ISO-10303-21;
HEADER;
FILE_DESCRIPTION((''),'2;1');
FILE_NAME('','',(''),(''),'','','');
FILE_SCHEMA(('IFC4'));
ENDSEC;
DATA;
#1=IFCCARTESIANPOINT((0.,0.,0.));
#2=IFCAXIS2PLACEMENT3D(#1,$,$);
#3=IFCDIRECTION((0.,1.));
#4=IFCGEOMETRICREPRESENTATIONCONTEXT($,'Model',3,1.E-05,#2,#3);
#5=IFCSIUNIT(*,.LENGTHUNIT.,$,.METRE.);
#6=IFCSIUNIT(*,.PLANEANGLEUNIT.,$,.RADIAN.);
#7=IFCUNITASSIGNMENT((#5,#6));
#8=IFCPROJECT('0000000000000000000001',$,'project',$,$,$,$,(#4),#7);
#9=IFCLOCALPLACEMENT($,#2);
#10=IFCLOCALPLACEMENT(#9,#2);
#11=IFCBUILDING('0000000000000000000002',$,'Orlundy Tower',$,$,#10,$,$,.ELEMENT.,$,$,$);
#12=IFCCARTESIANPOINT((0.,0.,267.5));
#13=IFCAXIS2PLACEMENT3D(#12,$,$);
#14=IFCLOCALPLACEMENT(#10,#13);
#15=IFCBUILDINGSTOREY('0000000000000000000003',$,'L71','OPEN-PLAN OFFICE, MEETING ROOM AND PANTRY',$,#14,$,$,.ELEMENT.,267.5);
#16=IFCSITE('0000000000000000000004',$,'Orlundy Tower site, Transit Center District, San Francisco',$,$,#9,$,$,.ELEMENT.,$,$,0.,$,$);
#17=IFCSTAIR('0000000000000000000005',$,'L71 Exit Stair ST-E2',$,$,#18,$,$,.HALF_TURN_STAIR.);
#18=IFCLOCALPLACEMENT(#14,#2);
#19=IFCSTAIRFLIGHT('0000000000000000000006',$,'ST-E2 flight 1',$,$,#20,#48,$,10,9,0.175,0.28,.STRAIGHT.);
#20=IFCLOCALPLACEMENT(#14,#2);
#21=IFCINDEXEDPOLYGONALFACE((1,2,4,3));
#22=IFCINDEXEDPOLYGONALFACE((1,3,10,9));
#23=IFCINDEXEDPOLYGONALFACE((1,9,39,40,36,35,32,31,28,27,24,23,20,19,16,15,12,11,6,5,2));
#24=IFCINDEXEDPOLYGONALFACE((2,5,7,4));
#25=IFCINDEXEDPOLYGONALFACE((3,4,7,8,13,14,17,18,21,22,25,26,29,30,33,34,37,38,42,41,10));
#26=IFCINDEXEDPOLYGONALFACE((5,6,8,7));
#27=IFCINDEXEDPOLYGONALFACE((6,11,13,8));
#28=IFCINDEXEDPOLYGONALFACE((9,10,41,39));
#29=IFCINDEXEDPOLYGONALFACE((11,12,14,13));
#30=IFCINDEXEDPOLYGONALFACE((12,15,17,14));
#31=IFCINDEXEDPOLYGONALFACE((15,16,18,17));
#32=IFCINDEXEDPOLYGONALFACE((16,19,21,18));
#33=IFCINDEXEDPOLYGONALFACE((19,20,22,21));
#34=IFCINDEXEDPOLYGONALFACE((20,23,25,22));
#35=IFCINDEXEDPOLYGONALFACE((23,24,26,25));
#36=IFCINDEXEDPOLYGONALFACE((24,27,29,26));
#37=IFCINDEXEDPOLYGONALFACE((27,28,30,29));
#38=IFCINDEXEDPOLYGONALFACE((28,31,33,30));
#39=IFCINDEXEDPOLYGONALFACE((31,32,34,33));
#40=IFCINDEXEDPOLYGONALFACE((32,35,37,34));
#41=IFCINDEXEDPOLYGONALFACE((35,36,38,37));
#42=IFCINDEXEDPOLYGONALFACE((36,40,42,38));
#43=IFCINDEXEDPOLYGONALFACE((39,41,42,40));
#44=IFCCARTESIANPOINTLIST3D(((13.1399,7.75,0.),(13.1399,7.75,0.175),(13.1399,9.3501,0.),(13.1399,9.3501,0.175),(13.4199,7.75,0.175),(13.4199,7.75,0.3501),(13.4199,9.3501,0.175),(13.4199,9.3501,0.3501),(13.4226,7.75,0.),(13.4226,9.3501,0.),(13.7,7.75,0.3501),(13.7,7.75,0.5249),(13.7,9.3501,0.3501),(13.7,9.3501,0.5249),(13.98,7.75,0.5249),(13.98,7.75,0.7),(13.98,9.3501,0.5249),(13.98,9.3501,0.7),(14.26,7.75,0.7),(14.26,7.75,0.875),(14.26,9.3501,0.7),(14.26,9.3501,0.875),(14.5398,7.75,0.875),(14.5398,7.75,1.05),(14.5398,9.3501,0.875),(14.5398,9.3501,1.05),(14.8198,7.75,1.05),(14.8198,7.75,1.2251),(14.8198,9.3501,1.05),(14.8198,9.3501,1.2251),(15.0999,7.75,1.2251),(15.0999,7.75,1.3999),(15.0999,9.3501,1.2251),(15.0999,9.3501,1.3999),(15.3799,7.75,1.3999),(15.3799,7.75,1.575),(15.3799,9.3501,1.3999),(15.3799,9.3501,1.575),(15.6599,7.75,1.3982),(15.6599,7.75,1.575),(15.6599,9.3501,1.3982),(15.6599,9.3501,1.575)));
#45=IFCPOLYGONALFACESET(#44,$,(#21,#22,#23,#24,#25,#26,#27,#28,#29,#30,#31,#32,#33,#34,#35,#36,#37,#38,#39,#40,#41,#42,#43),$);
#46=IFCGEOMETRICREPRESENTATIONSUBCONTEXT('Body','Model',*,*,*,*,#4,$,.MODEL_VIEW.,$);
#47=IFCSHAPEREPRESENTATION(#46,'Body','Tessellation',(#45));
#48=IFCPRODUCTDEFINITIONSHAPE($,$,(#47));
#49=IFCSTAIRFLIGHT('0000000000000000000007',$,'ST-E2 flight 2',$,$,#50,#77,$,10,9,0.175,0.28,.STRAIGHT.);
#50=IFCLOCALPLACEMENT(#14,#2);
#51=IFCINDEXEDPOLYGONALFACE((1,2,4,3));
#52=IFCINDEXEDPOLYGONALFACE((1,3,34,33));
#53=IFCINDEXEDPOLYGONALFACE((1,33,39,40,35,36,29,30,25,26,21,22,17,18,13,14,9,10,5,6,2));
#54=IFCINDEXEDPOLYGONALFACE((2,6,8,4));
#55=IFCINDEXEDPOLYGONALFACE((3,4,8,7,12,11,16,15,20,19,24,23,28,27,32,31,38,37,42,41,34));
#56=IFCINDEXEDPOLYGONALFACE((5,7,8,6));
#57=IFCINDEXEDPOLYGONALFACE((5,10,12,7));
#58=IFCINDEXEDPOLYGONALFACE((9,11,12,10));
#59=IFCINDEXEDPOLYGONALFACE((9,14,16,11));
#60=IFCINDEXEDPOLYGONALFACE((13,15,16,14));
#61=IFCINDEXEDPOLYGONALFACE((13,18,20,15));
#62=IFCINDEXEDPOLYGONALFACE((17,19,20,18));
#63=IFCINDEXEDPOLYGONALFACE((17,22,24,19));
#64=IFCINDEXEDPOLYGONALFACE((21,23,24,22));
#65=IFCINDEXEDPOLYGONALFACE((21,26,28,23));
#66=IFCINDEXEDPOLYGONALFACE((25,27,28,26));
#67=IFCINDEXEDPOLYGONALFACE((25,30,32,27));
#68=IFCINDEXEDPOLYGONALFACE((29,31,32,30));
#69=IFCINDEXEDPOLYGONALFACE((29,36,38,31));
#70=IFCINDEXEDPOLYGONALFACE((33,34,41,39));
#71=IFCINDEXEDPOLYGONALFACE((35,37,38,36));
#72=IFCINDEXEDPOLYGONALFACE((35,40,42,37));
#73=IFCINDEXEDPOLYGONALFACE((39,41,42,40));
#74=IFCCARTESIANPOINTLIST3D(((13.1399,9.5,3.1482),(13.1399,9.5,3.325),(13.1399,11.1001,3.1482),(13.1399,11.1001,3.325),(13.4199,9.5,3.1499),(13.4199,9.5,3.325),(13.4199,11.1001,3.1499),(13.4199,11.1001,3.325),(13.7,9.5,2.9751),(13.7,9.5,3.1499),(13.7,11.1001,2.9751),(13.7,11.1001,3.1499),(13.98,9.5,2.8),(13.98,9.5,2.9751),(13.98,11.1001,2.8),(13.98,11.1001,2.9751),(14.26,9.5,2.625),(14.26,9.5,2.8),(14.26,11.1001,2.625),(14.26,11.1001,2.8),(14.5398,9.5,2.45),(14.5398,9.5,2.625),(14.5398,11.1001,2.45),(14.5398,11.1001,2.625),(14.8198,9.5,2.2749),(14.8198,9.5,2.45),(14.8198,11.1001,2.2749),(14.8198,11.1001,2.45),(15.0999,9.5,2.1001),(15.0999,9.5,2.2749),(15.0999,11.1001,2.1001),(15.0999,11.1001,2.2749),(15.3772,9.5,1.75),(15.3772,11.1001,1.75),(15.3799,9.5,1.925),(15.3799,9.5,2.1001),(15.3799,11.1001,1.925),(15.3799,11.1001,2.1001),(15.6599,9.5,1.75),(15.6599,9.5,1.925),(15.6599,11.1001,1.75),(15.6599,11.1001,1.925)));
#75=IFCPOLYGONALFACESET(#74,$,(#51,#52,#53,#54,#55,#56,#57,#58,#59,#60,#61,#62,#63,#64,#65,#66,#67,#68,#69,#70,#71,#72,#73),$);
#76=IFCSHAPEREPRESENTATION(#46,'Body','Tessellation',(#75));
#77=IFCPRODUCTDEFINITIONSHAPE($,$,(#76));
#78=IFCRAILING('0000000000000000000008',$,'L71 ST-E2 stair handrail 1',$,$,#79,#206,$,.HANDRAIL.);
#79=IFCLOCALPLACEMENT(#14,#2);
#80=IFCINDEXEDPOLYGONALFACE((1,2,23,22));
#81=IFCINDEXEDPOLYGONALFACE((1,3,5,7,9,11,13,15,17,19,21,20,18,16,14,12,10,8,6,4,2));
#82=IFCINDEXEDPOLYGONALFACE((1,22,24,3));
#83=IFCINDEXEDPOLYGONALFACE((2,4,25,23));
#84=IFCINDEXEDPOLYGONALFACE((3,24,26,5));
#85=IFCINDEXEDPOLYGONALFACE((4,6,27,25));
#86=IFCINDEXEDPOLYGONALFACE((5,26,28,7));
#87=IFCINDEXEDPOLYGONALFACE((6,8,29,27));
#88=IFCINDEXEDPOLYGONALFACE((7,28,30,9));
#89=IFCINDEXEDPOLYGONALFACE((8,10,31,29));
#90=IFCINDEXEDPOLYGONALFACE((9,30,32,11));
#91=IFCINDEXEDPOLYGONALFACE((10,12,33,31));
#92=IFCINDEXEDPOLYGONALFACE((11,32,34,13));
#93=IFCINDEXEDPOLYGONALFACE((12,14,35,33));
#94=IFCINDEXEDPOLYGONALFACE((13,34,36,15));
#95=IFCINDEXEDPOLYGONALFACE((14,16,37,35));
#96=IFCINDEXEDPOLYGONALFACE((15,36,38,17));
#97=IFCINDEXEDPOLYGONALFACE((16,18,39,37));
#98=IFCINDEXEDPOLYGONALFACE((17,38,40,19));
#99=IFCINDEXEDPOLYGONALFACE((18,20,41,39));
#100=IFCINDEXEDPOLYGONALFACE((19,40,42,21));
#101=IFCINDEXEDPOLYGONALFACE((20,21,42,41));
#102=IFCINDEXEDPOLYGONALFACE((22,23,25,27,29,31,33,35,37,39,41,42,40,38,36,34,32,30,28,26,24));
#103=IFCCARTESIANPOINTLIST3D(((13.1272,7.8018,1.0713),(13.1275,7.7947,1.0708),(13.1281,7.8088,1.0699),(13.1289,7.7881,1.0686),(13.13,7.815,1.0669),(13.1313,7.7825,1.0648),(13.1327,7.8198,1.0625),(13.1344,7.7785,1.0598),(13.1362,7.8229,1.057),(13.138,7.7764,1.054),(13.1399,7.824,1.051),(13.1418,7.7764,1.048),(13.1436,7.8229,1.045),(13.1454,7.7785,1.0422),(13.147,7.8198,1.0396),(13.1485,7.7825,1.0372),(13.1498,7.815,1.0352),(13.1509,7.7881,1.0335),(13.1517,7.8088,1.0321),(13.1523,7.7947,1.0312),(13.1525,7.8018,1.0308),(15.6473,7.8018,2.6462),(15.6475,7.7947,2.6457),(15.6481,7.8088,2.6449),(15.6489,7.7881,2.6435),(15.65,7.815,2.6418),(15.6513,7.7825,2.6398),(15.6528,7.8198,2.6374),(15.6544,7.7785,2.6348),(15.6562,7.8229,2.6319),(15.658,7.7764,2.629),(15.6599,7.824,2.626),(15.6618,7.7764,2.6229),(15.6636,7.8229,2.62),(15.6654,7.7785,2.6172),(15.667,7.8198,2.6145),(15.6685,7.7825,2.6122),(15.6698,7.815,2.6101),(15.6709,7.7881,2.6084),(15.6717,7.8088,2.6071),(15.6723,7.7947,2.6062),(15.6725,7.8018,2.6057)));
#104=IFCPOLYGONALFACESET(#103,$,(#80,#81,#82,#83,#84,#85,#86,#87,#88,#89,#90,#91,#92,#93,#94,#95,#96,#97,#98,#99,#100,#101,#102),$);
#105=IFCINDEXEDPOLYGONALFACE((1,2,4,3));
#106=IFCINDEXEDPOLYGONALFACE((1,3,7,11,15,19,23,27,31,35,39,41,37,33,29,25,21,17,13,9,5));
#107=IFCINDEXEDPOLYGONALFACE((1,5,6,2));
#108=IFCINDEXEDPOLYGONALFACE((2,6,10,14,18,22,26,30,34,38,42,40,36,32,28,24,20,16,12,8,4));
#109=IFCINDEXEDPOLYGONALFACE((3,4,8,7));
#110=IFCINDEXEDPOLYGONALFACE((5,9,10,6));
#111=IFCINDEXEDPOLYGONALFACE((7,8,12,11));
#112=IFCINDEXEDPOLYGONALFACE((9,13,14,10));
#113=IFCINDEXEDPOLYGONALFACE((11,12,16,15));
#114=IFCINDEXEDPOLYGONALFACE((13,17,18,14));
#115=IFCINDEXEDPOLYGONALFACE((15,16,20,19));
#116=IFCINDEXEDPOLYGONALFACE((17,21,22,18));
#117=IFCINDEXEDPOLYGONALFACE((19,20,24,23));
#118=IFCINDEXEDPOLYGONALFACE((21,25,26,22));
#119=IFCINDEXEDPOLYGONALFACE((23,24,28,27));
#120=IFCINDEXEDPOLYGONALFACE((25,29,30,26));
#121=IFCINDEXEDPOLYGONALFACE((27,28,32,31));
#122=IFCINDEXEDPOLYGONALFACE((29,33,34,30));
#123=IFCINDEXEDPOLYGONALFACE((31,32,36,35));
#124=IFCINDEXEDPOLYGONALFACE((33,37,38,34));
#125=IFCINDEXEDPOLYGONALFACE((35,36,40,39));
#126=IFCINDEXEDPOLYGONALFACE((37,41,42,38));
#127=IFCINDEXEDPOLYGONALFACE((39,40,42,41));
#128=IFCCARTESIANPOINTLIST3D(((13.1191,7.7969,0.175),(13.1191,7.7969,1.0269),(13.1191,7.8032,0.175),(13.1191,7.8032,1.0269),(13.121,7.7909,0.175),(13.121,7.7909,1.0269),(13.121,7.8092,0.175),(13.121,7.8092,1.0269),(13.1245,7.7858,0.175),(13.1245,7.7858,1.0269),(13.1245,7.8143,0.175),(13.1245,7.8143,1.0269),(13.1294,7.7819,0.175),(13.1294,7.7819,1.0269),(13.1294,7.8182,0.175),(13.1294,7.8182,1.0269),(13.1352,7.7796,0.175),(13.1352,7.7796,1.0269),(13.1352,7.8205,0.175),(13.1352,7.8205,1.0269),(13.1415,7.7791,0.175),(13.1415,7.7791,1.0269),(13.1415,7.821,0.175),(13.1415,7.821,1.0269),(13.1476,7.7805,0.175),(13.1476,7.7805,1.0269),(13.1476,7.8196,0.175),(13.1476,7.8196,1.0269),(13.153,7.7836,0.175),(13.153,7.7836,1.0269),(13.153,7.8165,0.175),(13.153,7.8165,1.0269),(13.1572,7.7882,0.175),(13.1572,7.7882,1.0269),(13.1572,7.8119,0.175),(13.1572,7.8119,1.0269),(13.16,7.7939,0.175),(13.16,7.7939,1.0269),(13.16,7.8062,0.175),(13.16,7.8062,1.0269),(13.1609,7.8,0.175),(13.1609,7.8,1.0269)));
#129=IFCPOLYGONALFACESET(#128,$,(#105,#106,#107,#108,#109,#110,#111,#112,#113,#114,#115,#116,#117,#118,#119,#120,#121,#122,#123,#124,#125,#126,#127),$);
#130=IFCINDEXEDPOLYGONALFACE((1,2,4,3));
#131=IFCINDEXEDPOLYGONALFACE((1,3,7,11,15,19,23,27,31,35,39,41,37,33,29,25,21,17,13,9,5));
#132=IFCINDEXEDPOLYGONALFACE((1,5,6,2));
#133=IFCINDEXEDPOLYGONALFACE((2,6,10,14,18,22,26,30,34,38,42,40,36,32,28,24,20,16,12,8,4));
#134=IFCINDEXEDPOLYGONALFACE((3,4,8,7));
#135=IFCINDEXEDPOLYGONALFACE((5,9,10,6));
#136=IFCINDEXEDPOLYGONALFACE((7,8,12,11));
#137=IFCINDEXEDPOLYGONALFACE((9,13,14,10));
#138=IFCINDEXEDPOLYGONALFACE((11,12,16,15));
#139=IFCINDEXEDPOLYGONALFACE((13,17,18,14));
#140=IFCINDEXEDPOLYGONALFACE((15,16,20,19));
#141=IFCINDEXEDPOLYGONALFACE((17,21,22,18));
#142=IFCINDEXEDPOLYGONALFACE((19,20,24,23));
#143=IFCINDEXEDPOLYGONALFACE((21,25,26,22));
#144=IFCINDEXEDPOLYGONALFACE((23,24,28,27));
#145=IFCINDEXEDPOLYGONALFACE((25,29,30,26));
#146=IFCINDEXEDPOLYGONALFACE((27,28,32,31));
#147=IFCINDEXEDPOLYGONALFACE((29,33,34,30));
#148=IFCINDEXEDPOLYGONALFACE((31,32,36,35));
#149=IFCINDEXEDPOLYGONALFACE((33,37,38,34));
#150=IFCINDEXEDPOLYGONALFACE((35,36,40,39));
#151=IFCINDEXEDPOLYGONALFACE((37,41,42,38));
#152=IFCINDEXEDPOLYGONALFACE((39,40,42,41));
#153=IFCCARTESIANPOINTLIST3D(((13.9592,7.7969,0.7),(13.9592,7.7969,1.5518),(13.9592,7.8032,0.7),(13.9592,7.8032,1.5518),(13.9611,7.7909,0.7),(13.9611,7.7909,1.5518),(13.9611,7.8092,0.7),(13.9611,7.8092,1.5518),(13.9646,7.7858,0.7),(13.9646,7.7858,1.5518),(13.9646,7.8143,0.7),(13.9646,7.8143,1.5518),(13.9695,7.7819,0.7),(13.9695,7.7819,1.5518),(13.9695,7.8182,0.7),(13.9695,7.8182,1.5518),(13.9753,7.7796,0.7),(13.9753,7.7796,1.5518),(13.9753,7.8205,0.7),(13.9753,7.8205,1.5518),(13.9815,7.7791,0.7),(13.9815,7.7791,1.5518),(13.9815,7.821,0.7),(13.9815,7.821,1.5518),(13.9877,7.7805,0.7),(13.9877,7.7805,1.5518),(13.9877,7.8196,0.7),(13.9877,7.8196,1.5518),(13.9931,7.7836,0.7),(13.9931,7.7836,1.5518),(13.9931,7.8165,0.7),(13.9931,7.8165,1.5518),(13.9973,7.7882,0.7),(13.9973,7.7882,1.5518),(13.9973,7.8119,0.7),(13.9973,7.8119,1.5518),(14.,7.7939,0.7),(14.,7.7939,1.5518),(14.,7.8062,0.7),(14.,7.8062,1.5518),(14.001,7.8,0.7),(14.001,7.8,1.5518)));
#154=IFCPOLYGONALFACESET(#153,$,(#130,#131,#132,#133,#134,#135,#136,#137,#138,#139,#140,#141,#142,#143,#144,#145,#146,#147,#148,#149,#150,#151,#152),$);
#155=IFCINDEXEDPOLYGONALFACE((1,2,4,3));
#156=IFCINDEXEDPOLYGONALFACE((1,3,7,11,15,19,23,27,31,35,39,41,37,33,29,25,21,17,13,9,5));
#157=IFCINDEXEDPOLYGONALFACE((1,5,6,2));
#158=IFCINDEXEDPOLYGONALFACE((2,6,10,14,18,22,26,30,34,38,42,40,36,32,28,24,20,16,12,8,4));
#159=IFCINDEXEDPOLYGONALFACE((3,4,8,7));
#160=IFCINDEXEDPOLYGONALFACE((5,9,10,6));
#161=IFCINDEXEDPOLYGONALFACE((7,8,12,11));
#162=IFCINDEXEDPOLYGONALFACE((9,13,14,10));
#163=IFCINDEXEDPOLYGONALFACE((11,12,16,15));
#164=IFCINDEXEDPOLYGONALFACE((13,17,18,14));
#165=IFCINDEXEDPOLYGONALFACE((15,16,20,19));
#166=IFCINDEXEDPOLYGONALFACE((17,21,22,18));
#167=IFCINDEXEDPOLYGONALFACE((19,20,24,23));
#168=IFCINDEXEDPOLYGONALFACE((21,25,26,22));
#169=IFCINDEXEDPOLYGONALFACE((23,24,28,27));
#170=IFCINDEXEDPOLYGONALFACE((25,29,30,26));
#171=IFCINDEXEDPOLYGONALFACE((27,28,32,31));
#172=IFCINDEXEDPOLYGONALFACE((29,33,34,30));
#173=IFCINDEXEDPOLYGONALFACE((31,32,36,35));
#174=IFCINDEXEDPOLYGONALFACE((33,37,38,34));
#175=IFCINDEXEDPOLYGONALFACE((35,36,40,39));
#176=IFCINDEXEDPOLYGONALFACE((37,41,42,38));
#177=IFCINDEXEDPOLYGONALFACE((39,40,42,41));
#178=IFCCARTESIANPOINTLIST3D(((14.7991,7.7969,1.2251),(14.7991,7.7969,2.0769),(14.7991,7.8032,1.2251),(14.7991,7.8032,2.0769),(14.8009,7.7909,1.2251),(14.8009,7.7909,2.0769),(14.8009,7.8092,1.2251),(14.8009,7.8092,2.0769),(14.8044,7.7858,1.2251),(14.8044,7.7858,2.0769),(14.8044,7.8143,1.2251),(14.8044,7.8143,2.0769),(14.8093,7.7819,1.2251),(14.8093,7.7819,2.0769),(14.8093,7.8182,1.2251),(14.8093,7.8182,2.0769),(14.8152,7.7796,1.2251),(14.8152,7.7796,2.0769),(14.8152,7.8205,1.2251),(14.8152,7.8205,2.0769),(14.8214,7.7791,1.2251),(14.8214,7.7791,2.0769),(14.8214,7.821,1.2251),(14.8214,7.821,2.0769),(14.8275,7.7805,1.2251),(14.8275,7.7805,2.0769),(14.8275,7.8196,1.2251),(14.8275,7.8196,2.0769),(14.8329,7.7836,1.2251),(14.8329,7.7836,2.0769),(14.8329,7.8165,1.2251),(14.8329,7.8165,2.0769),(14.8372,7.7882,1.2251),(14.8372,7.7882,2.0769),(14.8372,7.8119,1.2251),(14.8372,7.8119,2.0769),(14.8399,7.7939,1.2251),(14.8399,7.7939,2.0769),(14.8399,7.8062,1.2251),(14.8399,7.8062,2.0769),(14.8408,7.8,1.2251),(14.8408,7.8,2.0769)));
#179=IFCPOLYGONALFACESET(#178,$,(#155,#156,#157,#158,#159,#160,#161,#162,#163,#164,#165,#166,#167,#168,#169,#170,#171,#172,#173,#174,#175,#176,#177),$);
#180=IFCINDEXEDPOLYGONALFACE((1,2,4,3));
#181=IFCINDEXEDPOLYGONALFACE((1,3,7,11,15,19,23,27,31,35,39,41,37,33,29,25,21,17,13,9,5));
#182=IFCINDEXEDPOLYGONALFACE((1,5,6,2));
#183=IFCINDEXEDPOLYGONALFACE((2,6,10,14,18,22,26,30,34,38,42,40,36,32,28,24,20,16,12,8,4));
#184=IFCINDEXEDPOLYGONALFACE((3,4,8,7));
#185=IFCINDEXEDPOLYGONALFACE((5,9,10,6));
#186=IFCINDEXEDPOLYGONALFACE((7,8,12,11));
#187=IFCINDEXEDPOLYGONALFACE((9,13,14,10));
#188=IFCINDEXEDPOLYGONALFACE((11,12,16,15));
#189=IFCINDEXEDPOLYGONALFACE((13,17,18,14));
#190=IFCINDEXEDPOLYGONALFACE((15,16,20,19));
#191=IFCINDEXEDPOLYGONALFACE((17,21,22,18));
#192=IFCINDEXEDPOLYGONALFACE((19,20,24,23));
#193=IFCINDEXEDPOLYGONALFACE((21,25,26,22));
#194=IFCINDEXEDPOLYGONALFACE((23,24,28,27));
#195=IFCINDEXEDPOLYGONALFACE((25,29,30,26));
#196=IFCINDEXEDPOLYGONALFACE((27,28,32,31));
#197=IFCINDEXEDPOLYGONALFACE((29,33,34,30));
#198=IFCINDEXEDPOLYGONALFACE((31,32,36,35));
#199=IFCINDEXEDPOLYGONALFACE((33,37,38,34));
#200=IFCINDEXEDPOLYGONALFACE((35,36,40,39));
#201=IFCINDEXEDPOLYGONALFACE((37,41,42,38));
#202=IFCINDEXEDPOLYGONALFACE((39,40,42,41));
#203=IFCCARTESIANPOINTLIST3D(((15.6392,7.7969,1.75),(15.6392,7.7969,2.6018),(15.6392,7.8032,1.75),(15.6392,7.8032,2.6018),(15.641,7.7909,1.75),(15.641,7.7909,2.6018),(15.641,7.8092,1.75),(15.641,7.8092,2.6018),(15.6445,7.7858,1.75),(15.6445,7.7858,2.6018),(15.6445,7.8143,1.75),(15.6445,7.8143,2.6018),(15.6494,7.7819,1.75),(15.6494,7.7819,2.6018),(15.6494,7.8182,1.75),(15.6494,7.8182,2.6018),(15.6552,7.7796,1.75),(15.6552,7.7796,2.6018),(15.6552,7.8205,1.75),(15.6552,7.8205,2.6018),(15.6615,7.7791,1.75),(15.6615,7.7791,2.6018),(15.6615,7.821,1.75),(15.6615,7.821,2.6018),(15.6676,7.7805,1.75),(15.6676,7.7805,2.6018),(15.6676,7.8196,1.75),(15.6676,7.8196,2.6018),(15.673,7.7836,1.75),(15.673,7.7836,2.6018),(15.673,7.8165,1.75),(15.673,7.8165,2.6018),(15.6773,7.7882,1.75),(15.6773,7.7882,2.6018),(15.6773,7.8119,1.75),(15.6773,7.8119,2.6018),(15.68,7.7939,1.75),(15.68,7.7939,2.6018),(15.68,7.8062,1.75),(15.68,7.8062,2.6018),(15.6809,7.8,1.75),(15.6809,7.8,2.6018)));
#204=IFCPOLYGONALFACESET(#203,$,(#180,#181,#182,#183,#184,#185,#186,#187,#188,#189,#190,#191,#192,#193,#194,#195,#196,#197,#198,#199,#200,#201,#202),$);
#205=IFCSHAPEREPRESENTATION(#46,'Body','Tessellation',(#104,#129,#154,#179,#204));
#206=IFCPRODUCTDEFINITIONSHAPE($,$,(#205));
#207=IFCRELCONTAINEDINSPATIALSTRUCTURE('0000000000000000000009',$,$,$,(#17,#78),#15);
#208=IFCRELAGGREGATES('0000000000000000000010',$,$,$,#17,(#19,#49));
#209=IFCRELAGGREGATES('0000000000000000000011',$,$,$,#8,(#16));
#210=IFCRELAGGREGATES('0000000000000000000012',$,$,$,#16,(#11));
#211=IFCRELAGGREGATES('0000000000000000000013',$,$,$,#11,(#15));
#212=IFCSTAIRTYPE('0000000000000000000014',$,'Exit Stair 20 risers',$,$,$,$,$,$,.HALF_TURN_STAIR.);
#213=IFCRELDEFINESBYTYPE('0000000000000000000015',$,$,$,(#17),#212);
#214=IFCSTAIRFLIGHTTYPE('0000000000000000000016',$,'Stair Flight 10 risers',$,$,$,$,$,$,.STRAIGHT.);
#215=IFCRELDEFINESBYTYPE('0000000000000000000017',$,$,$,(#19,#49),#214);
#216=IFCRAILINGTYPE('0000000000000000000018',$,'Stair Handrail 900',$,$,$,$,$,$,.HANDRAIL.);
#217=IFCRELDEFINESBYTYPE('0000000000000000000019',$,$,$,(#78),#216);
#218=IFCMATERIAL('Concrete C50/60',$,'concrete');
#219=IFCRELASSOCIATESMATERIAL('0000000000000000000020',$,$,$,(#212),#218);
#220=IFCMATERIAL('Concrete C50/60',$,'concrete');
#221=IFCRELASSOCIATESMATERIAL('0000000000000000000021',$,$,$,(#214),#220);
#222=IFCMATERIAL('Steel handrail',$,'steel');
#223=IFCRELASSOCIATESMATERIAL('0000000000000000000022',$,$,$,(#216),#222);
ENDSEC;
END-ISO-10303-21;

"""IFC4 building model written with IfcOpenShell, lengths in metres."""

from ifc_helpers import new_model, si_unit, direction, frame, origin, origin_2d, place, context, subcontext, project, spatial, polyline, circle, outline, extrude, material, type_object, element, aggregate, save


model = new_model("IFC4")

# Units and contexts
model_context = context("Model", 3, precision=1e-05, world=origin(), true_north=direction((0.0, 1.0)))
body_context = subcontext(model_context, "Body", "Model", "MODEL_VIEW")
ifc_project = project(units=[si_unit("LENGTHUNIT", "METRE"), si_unit("PLANEANGLEUNIT", "RADIAN")], contexts=[model_context])

# Site, building, storey
site_placement = place(None, origin())
site = spatial("IfcSite", under=ifc_project, at=site_placement, Name="Orlundy Tower site, Transit Center District, San Francisco", CompositionType="ELEMENT", RefElevation=0.0)
building_placement = place(site_placement, origin())
building = spatial("IfcBuilding", under=site, at=building_placement, Name="Orlundy Tower", CompositionType="ELEMENT")
storey_placement = place(building_placement, frame((0.0, 0.0, 267.5)))
storey = spatial("IfcBuildingStorey", under=building, at=storey_placement, Name="L71", Description="OPEN-PLAN OFFICE, MEETING ROOM AND PANTRY", CompositionType="ELEMENT", Elevation=267.5)

# Stair, stair flights
ifc_material_1 = material(Name="Concrete C50/60", Category="concrete")
stair_type = type_object("IfcStairType", Name="Exit Stair 20 risers", PredefinedType="HALF_TURN_STAIR", material=ifc_material_1)
stair_placement = place(storey_placement, origin())
stair = element("IfcStair", 1, at=stair_placement, inside=storey, type_object=stair_type, Name="L71 Exit Stair ST-E2", PredefinedType="HALF_TURN_STAIR")
ifc_material_2 = material(Name="Concrete C50/60", Category="concrete")
stair_flight_type = type_object("IfcStairFlightType", Name="Stair Flight 10 risers", PredefinedType="STRAIGHT", material=ifc_material_2)
stair_flight_1_placement = place(storey_placement, frame((13.1399, 8.55, 0.0), z_axis=(0.0, 0.0, 1.0), x_axis=(1.0, 0.0, 0.0)))
stair_flight_1 = element("IfcStairFlight", 2, at=stair_flight_1_placement, type_object=stair_flight_type, Name="ST-E2 flight 1", NumberOfRisers=10, NumberOfTreads=9, PredefinedType="STRAIGHT", RiserHeight=0.175, TreadLength=0.28, context=body_context, shape_type="SweptSolid", body=[
    extrude(outline(polyline([(0.0, 0.0), (0.0, 0.175), (0.28, 0.175), (0.28, 0.3501), (0.5601, 0.3501), (0.5601, 0.5249), (0.8401, 0.5249), (0.8401, 0.7), (1.1201, 0.7), (1.1201, 0.875), (1.3999, 0.875), (1.3999, 1.05), (1.6799, 1.05), (1.6799, 1.2251), (1.96, 1.2251), (1.96, 1.3999), (2.24, 1.3999), (2.24, 1.575), (2.52, 1.575), (2.52, 1.75), (2.52, 1.3982), (0.2827, 0.0), (0.0, 0.0)])), frame((0.0, 0.8, 0.0), z_axis=(0.0, -1.0, 0.0), x_axis=(1.0, 0.0, 0.0)), (0.0, 0.0, 1.0), 1.6001),
])
stair_flight_2_placement = place(storey_placement, frame((15.6599, 10.3, 1.75), z_axis=(0.0, 0.0, 1.0), x_axis=(-1.0, 0.0, 0.0)))
stair_flight_2 = element("IfcStairFlight", 3, at=stair_flight_2_placement, type_object=stair_flight_type, Name="ST-E2 flight 2", NumberOfRisers=10, NumberOfTreads=9, PredefinedType="STRAIGHT", RiserHeight=0.175, TreadLength=0.28, context=body_context, shape_type="SweptSolid", body=[
    extrude(outline(polyline([(0.0, 0.0), (0.0, 0.175), (0.28, 0.175), (0.28, 0.3501), (0.5601, 0.3501), (0.5601, 0.5249), (0.8401, 0.5249), (0.8401, 0.7), (1.1201, 0.7), (1.1201, 0.875), (1.3999, 0.875), (1.3999, 1.05), (1.6799, 1.05), (1.6799, 1.2251), (1.96, 1.2251), (1.96, 1.3999), (2.24, 1.3999), (2.24, 1.575), (2.52, 1.575), (2.52, 1.75), (2.52, 1.3982), (0.2827, 0.0), (0.0, 0.0)])), frame((0.0, 0.8, 0.0), z_axis=(0.0, -1.0, 0.0), x_axis=(1.0, 0.0, 0.0)), (0.0, 0.0, 1.0), 1.6001),
])
aggregate(stair, [stair_flight_1, stair_flight_2])

# Railing
ifc_material_3 = material(Name="Steel handrail", Category="steel")
railing_type_1 = type_object("IfcRailingType", Name="Stair Handrail 900", PredefinedType="HANDRAIL", material=ifc_material_3)
railing_1_placement = place(storey_placement, frame((13.1399, 7.8, 0.175)))
element("IfcRailing", 4, at=railing_1_placement, inside=storey, type_object=railing_type_1, Name="L71 ST-E2 stair handrail 1", PredefinedType="HANDRAIL", context=body_context, shape_type="SweptSolid", body=[
    extrude(circle(Radius=0.0239, at=origin_2d()), frame((0.0, 0.0, 0.876), z_axis=(0.848008, 0.0, 0.529984), x_axis=(0.0, 1.0, 0.0)), (0.0, 0.0, 1.0), 2.9717),
    extrude(circle(Radius=0.021, at=origin_2d()), origin(), (0.0, 0.0, 1.0), 0.8518),
    extrude(circle(Radius=0.021, at=origin_2d()), frame((0.8401, 0.0, 0.5249)), (0.0, 0.0, 1.0), 0.8518),
    extrude(circle(Radius=0.021, at=origin_2d()), frame((1.6799, 0.0, 1.05)), (0.0, 0.0, 1.0), 0.8518),
    extrude(circle(Radius=0.021, at=origin_2d()), frame((2.52, 0.0, 1.575)), (0.0, 0.0, 1.0), 0.8518),
])

save(model, "model.ifc")
